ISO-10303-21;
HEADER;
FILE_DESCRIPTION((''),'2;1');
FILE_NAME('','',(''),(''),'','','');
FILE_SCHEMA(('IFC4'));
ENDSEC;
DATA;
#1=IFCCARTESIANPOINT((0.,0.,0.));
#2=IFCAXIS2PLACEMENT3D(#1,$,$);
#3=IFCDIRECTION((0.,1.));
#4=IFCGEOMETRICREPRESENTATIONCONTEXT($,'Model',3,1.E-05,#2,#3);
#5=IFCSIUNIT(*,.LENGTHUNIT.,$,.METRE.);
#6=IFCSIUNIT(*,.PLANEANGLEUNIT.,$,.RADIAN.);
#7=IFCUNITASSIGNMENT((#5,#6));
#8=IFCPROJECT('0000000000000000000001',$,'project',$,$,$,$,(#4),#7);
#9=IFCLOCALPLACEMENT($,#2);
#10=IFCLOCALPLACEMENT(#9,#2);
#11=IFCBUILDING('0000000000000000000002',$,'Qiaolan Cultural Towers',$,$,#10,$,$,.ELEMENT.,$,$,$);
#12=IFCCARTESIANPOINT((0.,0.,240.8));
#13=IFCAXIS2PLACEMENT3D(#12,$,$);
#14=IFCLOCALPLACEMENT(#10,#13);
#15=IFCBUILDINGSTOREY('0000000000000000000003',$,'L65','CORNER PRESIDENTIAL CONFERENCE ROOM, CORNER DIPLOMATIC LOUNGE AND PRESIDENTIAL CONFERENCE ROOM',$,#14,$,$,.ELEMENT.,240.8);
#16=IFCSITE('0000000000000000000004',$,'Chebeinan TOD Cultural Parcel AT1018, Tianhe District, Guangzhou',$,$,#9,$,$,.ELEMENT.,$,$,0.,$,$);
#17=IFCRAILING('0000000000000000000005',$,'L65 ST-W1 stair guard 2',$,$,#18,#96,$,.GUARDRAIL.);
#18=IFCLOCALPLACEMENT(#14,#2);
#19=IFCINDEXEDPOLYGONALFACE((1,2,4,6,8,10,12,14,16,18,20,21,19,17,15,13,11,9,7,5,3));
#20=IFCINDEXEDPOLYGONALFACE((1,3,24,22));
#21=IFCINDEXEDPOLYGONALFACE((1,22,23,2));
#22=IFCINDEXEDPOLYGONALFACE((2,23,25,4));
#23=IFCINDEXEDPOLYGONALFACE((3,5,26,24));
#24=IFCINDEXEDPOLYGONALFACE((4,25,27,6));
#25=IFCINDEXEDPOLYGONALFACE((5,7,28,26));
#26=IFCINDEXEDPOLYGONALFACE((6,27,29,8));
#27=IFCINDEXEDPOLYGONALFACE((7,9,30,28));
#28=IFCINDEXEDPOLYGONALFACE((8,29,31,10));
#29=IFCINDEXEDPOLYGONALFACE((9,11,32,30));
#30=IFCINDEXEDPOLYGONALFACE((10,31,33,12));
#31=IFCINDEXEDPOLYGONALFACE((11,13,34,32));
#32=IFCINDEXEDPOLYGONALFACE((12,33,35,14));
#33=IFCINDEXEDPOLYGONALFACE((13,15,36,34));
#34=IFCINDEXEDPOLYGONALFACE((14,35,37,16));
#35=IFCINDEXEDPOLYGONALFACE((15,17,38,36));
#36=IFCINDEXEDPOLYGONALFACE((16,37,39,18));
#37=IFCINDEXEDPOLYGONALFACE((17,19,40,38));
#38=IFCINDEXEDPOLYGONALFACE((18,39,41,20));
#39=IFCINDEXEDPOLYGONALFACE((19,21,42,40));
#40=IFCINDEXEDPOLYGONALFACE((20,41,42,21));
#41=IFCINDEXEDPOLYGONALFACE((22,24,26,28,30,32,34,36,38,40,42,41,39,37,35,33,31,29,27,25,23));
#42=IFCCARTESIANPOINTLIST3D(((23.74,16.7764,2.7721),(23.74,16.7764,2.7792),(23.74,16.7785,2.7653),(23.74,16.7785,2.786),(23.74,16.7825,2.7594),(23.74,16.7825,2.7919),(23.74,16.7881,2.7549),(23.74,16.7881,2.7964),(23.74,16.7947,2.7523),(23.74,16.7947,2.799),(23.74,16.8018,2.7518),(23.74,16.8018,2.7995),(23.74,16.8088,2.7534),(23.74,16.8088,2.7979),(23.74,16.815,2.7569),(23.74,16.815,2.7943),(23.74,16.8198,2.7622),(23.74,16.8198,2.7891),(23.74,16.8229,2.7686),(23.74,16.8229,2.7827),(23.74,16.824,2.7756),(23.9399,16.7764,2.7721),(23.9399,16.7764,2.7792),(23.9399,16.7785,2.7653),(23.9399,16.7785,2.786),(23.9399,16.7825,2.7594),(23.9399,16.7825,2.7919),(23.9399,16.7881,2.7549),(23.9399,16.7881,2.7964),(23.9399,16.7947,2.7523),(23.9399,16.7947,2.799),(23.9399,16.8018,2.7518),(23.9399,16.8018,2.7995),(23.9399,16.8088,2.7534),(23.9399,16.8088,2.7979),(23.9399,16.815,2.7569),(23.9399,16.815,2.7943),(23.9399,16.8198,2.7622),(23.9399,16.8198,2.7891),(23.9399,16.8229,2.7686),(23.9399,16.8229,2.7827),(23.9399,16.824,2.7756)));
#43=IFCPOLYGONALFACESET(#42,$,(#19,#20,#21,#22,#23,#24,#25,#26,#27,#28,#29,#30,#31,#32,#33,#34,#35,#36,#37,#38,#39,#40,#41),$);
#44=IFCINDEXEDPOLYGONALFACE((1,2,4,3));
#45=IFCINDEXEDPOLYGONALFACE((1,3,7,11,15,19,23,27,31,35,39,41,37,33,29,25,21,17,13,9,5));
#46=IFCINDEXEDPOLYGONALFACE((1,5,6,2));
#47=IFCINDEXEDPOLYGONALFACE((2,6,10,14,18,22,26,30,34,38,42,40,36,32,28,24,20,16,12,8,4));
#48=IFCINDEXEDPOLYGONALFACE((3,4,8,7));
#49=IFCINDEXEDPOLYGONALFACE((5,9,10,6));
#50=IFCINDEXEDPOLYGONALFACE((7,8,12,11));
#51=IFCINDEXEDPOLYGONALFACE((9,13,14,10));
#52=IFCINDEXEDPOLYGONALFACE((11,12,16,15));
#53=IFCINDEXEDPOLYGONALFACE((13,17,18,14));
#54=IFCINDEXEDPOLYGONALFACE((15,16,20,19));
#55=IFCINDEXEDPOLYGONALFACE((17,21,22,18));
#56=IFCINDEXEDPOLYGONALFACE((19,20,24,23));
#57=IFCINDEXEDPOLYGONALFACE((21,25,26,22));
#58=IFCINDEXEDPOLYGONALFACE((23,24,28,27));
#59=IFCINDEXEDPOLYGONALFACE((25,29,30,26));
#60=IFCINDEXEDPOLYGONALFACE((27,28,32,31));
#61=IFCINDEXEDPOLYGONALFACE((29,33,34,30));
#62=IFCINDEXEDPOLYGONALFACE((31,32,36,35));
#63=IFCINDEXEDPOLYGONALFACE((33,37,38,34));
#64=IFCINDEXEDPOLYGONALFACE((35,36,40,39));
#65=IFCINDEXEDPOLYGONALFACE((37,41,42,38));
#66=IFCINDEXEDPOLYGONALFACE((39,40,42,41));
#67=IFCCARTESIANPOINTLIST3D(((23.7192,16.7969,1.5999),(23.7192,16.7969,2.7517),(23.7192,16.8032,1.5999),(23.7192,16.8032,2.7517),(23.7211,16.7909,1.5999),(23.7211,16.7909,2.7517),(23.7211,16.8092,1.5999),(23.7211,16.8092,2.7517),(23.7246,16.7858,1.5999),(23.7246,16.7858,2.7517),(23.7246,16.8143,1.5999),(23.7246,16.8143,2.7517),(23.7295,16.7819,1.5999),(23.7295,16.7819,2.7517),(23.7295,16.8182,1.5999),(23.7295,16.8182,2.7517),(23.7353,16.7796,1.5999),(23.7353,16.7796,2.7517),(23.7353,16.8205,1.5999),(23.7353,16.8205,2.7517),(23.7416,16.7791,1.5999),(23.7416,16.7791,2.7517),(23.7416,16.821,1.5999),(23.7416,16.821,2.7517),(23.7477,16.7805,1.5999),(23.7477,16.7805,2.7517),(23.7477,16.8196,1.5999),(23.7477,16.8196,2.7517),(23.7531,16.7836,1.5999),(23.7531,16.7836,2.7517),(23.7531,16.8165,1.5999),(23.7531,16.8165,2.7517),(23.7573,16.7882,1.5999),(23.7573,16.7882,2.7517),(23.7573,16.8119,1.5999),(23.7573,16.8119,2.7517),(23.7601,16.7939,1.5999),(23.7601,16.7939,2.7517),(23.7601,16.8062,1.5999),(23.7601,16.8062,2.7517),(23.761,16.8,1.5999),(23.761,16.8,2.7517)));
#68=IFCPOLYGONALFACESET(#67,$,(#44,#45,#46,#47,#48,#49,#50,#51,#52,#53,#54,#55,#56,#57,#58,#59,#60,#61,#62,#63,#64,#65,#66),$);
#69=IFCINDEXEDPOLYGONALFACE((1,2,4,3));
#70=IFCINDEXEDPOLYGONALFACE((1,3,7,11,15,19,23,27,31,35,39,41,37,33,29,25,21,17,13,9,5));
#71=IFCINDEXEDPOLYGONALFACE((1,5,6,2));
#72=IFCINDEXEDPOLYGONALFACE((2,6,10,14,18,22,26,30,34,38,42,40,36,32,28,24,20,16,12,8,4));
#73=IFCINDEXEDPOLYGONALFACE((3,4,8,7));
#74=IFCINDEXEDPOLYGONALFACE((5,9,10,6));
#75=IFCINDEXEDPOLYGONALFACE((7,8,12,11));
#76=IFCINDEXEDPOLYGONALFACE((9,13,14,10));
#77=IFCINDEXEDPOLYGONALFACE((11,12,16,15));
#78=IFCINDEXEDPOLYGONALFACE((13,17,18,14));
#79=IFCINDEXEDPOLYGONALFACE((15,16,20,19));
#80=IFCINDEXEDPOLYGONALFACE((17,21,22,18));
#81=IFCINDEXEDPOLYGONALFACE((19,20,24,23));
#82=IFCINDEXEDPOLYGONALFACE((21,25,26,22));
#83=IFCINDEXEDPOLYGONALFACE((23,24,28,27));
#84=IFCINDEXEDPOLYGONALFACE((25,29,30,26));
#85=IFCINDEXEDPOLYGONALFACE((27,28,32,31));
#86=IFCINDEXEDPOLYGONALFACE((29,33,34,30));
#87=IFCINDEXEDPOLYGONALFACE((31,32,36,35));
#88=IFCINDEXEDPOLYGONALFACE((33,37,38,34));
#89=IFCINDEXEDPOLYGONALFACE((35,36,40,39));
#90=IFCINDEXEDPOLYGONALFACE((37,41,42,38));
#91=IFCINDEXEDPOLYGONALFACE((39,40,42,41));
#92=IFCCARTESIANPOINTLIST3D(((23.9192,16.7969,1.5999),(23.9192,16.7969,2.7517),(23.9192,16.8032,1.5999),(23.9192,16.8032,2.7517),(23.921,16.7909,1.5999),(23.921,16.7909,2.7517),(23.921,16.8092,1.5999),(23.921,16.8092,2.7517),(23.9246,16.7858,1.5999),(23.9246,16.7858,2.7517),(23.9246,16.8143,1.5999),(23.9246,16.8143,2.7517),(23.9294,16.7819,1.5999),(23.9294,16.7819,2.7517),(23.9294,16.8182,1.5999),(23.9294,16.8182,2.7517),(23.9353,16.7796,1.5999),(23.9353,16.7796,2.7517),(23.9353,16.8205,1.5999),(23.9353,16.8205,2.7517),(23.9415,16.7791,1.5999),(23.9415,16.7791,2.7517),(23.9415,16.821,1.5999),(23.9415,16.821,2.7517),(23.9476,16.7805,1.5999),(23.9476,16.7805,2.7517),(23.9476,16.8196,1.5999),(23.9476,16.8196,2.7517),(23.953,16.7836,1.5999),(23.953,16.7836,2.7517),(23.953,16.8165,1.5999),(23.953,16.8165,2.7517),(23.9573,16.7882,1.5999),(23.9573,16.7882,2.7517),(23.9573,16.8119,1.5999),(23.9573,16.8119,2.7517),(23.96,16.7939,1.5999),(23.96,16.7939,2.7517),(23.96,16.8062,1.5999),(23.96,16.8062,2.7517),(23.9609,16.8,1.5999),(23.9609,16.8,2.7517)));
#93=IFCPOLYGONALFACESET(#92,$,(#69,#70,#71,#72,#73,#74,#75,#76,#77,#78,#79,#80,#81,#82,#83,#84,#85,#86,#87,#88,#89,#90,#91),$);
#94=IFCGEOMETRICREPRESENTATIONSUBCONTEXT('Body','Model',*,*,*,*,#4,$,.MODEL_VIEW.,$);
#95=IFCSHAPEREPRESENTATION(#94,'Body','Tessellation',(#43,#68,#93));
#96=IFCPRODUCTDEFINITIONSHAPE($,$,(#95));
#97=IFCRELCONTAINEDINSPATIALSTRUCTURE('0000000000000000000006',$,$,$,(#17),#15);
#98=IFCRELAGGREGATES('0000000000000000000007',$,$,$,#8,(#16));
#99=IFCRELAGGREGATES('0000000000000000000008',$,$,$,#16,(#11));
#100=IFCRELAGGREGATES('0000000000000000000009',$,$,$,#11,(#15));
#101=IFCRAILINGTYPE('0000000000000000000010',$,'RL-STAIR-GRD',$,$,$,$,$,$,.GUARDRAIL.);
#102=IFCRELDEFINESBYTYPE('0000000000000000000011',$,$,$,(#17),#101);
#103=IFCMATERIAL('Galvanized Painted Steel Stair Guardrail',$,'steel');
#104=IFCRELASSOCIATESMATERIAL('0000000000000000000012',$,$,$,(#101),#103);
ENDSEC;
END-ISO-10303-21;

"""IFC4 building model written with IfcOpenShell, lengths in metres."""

from ifc_helpers import new_model, si_unit, direction, frame, origin, origin_2d, place, context, subcontext, project, spatial, circle, extrude, material, type_object, element, save


model = new_model("IFC4")

# Units and contexts
model_context = context("Model", 3, precision=1e-05, world=origin(), true_north=direction((0.0, 1.0)))
body_context = subcontext(model_context, "Body", "Model", "MODEL_VIEW")
ifc_project = project(units=[si_unit("LENGTHUNIT", "METRE"), si_unit("PLANEANGLEUNIT", "RADIAN")], contexts=[model_context])

# Site, building, storey
site_placement = place(None, origin())
site = spatial("IfcSite", under=ifc_project, at=site_placement, Name="Chebeinan TOD Cultural Parcel AT1018, Tianhe District, Guangzhou", CompositionType="ELEMENT", RefElevation=0.0)
building_placement = place(site_placement, origin())
building = spatial("IfcBuilding", under=site, at=building_placement, Name="Qiaolan Cultural Towers", CompositionType="ELEMENT")
storey_placement = place(building_placement, frame((0.0, 0.0, 240.8)))
storey = spatial("IfcBuildingStorey", under=building, at=storey_placement, Name="L65", Description="CORNER PRESIDENTIAL CONFERENCE ROOM, CORNER DIPLOMATIC LOUNGE AND PRESIDENTIAL CONFERENCE ROOM", CompositionType="ELEMENT", Elevation=240.8)

# Railing
ifc_material_1 = material(Name="Galvanized Painted Steel Stair Guardrail", Category="steel")
railing_type_1 = type_object("IfcRailingType", Name="RL-STAIR-GRD", PredefinedType="GUARDRAIL", material=ifc_material_1)
railing_1_placement = place(storey_placement, frame((23.74, 16.8, 1.5999)))
element("IfcRailing", 1, at=railing_1_placement, inside=storey, type_object=railing_type_1, Name="L65 ST-W1 stair guard 2", PredefinedType="GUARDRAIL", context=body_context, shape_type="SweptSolid", body=[
    extrude(circle(Radius=0.0239, at=origin_2d()), frame((0.0, 0.0, 1.1758), z_axis=(1.0, 0.0, 0.0), x_axis=(0.0, 1.0, 0.0)), (0.0, 0.0, 1.0), 0.2),
    extrude(circle(Radius=0.021, at=origin_2d()), origin(), (0.0, 0.0, 1.0), 1.1519),
    extrude(circle(Radius=0.021, at=origin_2d()), frame((0.2, 0.0, 0.0)), (0.0, 0.0, 1.0), 1.1519),
])

save(model, "model.ifc")
